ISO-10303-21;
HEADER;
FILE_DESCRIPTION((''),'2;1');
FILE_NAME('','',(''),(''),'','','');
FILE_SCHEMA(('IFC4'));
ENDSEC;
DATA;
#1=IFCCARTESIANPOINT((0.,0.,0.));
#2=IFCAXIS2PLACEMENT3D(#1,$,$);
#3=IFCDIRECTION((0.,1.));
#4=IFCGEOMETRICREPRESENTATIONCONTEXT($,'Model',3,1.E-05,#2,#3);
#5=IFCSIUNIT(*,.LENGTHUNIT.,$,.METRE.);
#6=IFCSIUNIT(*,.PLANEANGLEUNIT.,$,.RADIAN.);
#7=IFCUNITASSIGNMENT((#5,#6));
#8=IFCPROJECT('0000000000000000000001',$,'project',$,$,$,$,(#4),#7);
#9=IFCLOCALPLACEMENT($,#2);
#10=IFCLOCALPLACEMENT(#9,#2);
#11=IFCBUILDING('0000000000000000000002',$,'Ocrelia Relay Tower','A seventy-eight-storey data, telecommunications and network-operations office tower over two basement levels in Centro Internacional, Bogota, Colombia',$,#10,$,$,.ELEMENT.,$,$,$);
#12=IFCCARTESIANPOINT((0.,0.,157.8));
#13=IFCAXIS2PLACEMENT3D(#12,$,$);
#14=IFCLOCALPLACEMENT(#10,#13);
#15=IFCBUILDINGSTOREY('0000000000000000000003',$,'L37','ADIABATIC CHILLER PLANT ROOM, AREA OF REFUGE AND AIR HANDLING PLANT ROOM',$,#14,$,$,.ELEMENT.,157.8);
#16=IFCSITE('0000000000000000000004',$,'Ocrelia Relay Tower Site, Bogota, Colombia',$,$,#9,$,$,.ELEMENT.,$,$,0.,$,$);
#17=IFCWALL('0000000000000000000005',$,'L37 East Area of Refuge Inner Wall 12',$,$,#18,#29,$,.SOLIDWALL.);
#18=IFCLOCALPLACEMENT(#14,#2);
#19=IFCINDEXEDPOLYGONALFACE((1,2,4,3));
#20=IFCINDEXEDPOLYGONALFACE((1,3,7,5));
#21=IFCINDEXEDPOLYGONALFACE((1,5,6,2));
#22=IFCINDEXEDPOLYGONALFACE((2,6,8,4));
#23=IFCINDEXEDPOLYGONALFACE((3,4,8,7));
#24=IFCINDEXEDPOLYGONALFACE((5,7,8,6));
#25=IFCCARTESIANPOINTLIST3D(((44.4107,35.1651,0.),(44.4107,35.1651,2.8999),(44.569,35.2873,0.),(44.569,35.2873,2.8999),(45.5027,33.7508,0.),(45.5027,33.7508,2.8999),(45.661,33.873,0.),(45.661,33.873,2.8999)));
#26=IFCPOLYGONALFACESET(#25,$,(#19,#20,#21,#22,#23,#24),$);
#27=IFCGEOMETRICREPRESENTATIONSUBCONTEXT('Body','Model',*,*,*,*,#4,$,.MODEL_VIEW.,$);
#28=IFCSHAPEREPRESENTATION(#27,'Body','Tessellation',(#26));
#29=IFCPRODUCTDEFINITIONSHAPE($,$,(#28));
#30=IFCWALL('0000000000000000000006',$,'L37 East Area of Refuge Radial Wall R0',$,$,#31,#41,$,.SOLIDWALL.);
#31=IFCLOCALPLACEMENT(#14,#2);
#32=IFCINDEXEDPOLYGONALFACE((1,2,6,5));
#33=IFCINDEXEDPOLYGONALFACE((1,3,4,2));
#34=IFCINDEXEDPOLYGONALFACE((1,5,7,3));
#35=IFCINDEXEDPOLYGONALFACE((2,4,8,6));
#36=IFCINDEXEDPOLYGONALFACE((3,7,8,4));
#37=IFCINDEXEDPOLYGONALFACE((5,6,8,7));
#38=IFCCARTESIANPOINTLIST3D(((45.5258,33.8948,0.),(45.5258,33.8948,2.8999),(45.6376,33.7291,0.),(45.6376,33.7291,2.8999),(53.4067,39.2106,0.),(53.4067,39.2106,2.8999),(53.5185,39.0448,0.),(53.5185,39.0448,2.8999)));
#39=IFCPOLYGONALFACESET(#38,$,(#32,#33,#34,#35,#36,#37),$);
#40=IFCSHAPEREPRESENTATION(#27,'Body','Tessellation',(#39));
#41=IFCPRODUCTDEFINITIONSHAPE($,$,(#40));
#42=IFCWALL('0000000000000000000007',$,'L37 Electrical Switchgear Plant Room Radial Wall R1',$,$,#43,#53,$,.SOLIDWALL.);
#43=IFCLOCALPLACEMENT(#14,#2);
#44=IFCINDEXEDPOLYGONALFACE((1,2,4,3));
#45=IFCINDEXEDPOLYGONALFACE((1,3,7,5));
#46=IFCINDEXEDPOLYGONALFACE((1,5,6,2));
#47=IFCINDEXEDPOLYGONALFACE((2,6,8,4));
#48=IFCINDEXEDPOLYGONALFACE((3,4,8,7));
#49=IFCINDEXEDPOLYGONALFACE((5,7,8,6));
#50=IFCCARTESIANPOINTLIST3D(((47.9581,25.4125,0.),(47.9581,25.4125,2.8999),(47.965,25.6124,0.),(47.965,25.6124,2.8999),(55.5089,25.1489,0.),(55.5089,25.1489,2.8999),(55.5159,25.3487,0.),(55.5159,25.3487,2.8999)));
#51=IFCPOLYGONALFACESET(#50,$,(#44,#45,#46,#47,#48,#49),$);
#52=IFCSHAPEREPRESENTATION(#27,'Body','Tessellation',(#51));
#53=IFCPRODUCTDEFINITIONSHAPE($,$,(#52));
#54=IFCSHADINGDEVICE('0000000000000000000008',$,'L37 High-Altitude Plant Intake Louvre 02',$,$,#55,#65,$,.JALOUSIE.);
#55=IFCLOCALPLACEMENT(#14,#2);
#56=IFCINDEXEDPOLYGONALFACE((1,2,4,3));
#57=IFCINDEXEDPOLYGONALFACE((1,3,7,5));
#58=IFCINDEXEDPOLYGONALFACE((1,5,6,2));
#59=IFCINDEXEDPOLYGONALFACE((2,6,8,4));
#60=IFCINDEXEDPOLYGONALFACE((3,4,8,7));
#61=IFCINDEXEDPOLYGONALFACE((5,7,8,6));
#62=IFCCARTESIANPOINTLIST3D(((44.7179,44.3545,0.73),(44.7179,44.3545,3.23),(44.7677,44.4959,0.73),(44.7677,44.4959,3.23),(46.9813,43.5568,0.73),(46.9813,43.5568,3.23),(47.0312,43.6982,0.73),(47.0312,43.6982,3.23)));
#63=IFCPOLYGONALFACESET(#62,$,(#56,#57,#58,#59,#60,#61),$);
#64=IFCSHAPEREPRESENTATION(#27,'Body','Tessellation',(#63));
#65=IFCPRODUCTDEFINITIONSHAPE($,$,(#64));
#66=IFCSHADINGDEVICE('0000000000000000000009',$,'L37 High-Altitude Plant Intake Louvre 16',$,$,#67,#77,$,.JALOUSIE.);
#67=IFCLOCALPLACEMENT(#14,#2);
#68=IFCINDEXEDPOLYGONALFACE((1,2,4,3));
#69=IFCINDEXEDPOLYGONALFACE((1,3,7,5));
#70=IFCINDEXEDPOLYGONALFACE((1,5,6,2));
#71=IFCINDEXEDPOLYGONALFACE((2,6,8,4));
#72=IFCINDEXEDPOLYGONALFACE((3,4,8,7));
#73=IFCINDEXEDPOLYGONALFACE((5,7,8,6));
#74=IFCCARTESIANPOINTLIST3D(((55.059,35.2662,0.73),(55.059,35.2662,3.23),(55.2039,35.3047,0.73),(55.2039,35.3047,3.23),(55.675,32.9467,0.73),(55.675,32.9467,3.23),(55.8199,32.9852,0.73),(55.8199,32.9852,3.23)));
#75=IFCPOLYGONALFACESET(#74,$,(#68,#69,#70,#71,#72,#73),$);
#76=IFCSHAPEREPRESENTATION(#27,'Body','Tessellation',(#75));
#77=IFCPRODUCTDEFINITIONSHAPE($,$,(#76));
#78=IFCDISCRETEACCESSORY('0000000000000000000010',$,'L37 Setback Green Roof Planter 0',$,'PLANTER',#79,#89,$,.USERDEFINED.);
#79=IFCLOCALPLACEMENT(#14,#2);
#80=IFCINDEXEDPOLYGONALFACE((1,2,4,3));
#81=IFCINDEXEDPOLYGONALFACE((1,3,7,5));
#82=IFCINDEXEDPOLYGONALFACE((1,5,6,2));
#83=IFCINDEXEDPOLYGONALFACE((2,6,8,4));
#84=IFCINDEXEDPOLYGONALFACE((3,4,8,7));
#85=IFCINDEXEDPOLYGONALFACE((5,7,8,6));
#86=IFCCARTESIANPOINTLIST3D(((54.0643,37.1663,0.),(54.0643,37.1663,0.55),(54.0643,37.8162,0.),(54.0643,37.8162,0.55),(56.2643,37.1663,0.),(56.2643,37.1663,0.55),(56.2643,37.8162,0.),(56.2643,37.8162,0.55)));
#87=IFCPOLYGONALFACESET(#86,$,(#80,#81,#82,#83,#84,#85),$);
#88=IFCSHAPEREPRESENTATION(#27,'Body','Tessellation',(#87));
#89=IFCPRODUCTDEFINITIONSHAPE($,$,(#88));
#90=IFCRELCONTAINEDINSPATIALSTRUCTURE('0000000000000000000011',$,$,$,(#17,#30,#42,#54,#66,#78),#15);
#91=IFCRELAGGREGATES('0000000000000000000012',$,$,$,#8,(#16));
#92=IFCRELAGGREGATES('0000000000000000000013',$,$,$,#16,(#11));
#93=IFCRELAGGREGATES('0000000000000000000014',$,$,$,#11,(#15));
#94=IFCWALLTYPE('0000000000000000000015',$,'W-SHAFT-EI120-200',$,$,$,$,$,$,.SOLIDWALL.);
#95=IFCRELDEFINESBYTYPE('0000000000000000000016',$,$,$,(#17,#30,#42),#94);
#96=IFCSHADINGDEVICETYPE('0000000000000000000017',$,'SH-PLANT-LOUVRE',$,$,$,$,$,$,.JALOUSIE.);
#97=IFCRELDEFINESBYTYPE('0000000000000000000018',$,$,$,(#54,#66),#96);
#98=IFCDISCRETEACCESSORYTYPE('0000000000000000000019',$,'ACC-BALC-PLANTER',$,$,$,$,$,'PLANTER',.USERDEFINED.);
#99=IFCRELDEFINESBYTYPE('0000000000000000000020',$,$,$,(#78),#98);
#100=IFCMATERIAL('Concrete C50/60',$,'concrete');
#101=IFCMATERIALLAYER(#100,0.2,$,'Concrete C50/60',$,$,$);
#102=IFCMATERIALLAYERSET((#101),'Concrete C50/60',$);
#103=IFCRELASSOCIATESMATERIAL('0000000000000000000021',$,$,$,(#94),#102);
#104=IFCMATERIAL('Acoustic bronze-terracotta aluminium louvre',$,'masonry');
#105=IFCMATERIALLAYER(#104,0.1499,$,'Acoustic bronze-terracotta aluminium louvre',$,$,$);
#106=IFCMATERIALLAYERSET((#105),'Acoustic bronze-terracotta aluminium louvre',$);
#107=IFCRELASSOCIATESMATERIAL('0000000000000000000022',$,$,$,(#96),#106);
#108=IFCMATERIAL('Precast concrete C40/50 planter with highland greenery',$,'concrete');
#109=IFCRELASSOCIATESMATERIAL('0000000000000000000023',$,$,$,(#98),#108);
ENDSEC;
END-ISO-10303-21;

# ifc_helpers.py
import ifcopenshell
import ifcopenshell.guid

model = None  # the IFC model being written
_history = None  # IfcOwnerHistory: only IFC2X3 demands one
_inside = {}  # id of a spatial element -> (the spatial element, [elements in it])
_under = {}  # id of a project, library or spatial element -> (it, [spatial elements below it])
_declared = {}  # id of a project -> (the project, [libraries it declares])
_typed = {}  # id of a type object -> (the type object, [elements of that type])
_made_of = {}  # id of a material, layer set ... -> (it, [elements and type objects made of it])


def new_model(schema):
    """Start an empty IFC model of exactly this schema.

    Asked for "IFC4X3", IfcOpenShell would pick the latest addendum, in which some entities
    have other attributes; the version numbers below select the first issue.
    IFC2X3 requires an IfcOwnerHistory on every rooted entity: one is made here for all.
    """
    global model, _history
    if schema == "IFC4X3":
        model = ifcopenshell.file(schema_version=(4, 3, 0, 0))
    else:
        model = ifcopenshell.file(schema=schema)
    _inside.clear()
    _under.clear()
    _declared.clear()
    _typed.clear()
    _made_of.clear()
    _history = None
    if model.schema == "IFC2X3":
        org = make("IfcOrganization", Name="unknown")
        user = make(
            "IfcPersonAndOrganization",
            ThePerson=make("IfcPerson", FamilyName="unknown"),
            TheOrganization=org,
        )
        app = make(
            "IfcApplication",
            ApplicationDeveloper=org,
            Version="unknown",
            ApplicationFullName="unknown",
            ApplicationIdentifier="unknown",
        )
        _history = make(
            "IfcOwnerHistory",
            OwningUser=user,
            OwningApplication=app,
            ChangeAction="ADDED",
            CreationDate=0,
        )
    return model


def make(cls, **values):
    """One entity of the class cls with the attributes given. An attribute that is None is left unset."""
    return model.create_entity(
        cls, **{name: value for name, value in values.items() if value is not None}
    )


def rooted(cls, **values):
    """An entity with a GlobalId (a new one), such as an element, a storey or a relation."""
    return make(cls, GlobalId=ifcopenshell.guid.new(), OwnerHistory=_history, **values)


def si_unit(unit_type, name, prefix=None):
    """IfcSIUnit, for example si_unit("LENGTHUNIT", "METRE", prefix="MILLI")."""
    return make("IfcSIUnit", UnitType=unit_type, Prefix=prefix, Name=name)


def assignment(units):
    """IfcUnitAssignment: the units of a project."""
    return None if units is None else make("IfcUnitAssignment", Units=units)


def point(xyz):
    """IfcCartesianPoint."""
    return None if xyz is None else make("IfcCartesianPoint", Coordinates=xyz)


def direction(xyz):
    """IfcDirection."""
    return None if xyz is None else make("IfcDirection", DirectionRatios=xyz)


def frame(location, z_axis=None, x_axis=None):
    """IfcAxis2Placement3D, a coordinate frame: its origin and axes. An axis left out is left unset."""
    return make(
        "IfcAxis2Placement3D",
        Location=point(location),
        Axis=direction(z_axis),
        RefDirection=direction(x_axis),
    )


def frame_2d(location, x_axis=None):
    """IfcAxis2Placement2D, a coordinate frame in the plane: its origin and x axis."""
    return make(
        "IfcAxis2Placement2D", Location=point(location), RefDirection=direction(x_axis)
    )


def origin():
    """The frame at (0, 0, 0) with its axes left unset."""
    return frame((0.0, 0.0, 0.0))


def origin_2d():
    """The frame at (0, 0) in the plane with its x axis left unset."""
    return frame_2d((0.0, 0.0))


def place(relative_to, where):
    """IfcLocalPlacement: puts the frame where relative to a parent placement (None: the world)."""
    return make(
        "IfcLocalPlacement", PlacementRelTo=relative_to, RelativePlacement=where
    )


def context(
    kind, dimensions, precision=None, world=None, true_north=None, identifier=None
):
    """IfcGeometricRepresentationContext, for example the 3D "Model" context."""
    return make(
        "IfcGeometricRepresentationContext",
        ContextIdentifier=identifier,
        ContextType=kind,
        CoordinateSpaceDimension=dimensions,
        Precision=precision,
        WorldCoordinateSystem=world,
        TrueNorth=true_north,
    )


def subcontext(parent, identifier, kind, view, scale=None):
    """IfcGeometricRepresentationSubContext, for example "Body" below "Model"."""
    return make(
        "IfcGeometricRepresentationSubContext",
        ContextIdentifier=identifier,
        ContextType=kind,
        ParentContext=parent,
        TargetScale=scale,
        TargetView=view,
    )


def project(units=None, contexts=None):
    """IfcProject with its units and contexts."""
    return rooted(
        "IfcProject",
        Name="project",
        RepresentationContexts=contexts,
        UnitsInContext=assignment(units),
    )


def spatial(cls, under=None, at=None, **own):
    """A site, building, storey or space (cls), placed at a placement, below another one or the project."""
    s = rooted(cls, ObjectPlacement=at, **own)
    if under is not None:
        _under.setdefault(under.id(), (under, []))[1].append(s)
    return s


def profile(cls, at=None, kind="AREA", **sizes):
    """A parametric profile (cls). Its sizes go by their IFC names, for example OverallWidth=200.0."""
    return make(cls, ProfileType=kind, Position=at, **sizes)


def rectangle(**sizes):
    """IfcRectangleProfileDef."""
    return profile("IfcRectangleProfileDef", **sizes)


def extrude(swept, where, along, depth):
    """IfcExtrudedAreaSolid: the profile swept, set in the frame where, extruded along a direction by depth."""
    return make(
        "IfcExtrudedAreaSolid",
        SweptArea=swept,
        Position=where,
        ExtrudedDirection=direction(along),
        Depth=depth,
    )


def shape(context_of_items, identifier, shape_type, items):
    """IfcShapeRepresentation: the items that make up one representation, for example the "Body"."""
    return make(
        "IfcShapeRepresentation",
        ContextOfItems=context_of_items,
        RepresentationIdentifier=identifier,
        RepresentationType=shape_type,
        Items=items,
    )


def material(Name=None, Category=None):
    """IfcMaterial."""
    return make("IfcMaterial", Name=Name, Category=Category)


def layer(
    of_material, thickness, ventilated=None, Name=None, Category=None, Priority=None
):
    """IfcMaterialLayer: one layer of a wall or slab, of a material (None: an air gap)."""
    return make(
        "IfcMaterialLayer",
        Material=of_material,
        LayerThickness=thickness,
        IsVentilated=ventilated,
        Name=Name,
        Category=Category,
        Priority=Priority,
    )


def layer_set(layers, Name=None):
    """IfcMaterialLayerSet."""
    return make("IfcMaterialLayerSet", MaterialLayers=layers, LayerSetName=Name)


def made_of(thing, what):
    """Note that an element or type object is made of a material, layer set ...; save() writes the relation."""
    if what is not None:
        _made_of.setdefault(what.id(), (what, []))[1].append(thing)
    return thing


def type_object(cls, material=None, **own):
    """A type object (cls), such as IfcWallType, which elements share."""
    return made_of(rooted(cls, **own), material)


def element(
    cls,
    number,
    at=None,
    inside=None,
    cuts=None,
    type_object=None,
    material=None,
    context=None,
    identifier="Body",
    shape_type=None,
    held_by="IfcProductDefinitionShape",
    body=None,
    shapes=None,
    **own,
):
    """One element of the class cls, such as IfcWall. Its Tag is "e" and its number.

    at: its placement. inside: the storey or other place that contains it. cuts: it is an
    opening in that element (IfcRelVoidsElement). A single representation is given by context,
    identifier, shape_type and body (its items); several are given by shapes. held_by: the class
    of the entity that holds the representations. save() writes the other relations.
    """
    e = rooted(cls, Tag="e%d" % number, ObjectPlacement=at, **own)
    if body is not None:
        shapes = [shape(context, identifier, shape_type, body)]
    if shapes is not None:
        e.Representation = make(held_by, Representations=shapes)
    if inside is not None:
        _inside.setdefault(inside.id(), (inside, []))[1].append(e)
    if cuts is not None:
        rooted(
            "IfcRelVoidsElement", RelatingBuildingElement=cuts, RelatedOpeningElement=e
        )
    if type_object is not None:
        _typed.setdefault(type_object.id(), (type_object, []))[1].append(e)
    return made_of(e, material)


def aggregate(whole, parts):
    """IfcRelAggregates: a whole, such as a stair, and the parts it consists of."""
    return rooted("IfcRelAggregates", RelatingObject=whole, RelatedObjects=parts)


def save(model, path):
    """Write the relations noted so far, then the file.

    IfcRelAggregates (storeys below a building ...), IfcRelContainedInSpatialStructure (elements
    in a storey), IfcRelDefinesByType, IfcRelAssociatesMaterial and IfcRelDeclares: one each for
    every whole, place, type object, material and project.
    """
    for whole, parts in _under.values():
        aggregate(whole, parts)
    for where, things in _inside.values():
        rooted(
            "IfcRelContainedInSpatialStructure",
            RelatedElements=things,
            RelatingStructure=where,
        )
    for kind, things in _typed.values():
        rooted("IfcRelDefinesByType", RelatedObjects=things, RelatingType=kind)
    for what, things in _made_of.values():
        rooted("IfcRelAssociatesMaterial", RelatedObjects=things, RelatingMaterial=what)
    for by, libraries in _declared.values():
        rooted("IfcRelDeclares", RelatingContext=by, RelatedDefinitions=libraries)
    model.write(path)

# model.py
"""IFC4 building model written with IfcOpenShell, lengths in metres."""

from ifc_helpers import new_model, si_unit, direction, frame, frame_2d, origin, origin_2d, place, context, subcontext, project, spatial, rectangle, extrude, material, layer, layer_set, type_object, element, save


model = new_model("IFC4")

# Units and contexts
model_context = context("Model", 3, precision=1e-05, world=origin(), true_north=direction((0.0, 1.0)))
body_context = subcontext(model_context, "Body", "Model", "MODEL_VIEW")
ifc_project = project(units=[si_unit("LENGTHUNIT", "METRE"), si_unit("PLANEANGLEUNIT", "RADIAN")], contexts=[model_context])

# Site, building, storey
site_placement = place(None, origin())
site = spatial("IfcSite", under=ifc_project, at=site_placement, Name="Ocrelia Relay Tower Site, Bogota, Colombia", CompositionType="ELEMENT", RefElevation=0.0)
building_placement = place(site_placement, origin())
building = spatial("IfcBuilding", under=site, at=building_placement, Name="Ocrelia Relay Tower", Description="A seventy-eight-storey data, telecommunications and network-operations office tower over two basement levels in Centro Internacional, Bogota, Colombia", CompositionType="ELEMENT")
storey_placement = place(building_placement, frame((0.0, 0.0, 157.8)))
storey = spatial("IfcBuildingStorey", under=building, at=storey_placement, Name="L37", Description="ADIABATIC CHILLER PLANT ROOM, AREA OF REFUGE AND AIR HANDLING PLANT ROOM", CompositionType="ELEMENT", Elevation=157.8)

# Shared definitions
ifc_material_1 = material(Name="Concrete C50/60", Category="concrete")
ifc_layer_1 = layer(ifc_material_1, 0.2, Name="Concrete C50/60")
ifc_layer_set_1 = layer_set([ifc_layer_1], Name="Concrete C50/60")
wall_type_1 = type_object("IfcWallType", Name="W-SHAFT-EI120-200", PredefinedType="SOLIDWALL", material=ifc_layer_set_1)

# Walls
wall_1_placement = place(storey_placement, frame((44.4897, 35.2263, 0.0), z_axis=(0.0, 0.0, 1.0), x_axis=(0.611156, -0.79151, 0.0)))
element("IfcWall", 1, at=wall_1_placement, inside=storey, type_object=wall_type_1, Name="L37 East Area of Refuge Inner Wall 12", PredefinedType="SOLIDWALL", context=body_context, shape_type="SweptSolid", body=[
    extrude(rectangle(XDim=1.7869, YDim=0.2, at=frame_2d((0.8936, 0.0))), origin(), (0.0, 0.0, 1.0), 2.8999),
])
wall_2_placement = place(storey_placement, frame((45.5818, 33.812, 0.0), z_axis=(0.0, 0.0, 1.0), x_axis=(0.829039, 0.559191, 0.0)))
element("IfcWall", 2, at=wall_2_placement, inside=storey, type_object=wall_type_1, Name="L37 East Area of Refuge Radial Wall R0", PredefinedType="SOLIDWALL", context=body_context, shape_type="SweptSolid", body=[
    extrude(rectangle(XDim=9.5061, YDim=0.2, at=frame_2d((4.7529, 0.0))), origin(), (0.0, 0.0, 1.0), 2.8999),
])

# Wall
wall_3_placement = place(storey_placement, frame((47.9614, 25.5125, 0.0), z_axis=(0.0, 0.0, 1.0), x_axis=(0.999391, -0.034899, 0.0)))
element("IfcWall", 3, at=wall_3_placement, inside=storey, type_object=wall_type_1, Name="L37 Electrical Switchgear Plant Room Radial Wall R1", PredefinedType="SOLIDWALL", context=body_context, shape_type="SweptSolid", body=[
    extrude(rectangle(XDim=7.5554, YDim=0.2, at=frame_2d((3.7778, 0.0))), origin(), (0.0, 0.0, 1.0), 2.8999),
])

# Shading devices
ifc_material_2 = material(Name="Acoustic bronze-terracotta aluminium louvre", Category="masonry")
ifc_layer_2 = layer(ifc_material_2, 0.1499, Name="Acoustic bronze-terracotta aluminium louvre")
ifc_layer_set_2 = layer_set([ifc_layer_2], Name="Acoustic bronze-terracotta aluminium louvre")
shading_device_type = type_object("IfcShadingDeviceType", Name="SH-PLANT-LOUVRE", PredefinedType="JALOUSIE", material=ifc_layer_set_2)
for number, where, z_axis, x_axis, name in (
    (4, (45.8745, 44.0264, 0.73), (0.0, 0.0, 1.0), (-0.943147, 0.332375, 0.0), "L37 High-Altitude Plant Intake Louvre 02"),
    (5, (55.4395, 34.1257, 0.73), (0.0, 0.0, 1.0), (-0.256692, 0.966493, 0.0), "L37 High-Altitude Plant Intake Louvre 16"),
):
    element("IfcShadingDevice", number, at=place(storey_placement, frame(where, z_axis=z_axis, x_axis=x_axis)), inside=storey, type_object=shading_device_type, Name=name, PredefinedType="JALOUSIE", context=body_context, shape_type="SweptSolid", body=[
        extrude(rectangle(XDim=2.3999, YDim=0.1499, at=origin_2d()), origin(), (0.0, 0.0, 1.0), 2.5),
    ])

# Discrete accessory
ifc_material_3 = material(Name="Precast concrete C40/50 planter with highland greenery", Category="concrete")
discrete_accessory_type = type_object("IfcDiscreteAccessoryType", Name="ACC-BALC-PLANTER", ElementType="PLANTER", PredefinedType="USERDEFINED", material=ifc_material_3)
discrete_accessory_placement = place(storey_placement, frame((55.1643, 37.4912, 0.0), z_axis=(0.0, 0.0, 1.0), x_axis=(1.0, 0.0, 0.0)))
element("IfcDiscreteAccessory", 6, at=discrete_accessory_placement, inside=storey, type_object=discrete_accessory_type, Name="L37 Setback Green Roof Planter 0", ObjectType="PLANTER", PredefinedType="USERDEFINED", context=body_context, shape_type="SweptSolid", body=[
    extrude(rectangle(XDim=2.2, YDim=0.6499, at=origin_2d()), origin(), (0.0, 0.0, 1.0), 0.55),
])

save(model, "model.ifc")
